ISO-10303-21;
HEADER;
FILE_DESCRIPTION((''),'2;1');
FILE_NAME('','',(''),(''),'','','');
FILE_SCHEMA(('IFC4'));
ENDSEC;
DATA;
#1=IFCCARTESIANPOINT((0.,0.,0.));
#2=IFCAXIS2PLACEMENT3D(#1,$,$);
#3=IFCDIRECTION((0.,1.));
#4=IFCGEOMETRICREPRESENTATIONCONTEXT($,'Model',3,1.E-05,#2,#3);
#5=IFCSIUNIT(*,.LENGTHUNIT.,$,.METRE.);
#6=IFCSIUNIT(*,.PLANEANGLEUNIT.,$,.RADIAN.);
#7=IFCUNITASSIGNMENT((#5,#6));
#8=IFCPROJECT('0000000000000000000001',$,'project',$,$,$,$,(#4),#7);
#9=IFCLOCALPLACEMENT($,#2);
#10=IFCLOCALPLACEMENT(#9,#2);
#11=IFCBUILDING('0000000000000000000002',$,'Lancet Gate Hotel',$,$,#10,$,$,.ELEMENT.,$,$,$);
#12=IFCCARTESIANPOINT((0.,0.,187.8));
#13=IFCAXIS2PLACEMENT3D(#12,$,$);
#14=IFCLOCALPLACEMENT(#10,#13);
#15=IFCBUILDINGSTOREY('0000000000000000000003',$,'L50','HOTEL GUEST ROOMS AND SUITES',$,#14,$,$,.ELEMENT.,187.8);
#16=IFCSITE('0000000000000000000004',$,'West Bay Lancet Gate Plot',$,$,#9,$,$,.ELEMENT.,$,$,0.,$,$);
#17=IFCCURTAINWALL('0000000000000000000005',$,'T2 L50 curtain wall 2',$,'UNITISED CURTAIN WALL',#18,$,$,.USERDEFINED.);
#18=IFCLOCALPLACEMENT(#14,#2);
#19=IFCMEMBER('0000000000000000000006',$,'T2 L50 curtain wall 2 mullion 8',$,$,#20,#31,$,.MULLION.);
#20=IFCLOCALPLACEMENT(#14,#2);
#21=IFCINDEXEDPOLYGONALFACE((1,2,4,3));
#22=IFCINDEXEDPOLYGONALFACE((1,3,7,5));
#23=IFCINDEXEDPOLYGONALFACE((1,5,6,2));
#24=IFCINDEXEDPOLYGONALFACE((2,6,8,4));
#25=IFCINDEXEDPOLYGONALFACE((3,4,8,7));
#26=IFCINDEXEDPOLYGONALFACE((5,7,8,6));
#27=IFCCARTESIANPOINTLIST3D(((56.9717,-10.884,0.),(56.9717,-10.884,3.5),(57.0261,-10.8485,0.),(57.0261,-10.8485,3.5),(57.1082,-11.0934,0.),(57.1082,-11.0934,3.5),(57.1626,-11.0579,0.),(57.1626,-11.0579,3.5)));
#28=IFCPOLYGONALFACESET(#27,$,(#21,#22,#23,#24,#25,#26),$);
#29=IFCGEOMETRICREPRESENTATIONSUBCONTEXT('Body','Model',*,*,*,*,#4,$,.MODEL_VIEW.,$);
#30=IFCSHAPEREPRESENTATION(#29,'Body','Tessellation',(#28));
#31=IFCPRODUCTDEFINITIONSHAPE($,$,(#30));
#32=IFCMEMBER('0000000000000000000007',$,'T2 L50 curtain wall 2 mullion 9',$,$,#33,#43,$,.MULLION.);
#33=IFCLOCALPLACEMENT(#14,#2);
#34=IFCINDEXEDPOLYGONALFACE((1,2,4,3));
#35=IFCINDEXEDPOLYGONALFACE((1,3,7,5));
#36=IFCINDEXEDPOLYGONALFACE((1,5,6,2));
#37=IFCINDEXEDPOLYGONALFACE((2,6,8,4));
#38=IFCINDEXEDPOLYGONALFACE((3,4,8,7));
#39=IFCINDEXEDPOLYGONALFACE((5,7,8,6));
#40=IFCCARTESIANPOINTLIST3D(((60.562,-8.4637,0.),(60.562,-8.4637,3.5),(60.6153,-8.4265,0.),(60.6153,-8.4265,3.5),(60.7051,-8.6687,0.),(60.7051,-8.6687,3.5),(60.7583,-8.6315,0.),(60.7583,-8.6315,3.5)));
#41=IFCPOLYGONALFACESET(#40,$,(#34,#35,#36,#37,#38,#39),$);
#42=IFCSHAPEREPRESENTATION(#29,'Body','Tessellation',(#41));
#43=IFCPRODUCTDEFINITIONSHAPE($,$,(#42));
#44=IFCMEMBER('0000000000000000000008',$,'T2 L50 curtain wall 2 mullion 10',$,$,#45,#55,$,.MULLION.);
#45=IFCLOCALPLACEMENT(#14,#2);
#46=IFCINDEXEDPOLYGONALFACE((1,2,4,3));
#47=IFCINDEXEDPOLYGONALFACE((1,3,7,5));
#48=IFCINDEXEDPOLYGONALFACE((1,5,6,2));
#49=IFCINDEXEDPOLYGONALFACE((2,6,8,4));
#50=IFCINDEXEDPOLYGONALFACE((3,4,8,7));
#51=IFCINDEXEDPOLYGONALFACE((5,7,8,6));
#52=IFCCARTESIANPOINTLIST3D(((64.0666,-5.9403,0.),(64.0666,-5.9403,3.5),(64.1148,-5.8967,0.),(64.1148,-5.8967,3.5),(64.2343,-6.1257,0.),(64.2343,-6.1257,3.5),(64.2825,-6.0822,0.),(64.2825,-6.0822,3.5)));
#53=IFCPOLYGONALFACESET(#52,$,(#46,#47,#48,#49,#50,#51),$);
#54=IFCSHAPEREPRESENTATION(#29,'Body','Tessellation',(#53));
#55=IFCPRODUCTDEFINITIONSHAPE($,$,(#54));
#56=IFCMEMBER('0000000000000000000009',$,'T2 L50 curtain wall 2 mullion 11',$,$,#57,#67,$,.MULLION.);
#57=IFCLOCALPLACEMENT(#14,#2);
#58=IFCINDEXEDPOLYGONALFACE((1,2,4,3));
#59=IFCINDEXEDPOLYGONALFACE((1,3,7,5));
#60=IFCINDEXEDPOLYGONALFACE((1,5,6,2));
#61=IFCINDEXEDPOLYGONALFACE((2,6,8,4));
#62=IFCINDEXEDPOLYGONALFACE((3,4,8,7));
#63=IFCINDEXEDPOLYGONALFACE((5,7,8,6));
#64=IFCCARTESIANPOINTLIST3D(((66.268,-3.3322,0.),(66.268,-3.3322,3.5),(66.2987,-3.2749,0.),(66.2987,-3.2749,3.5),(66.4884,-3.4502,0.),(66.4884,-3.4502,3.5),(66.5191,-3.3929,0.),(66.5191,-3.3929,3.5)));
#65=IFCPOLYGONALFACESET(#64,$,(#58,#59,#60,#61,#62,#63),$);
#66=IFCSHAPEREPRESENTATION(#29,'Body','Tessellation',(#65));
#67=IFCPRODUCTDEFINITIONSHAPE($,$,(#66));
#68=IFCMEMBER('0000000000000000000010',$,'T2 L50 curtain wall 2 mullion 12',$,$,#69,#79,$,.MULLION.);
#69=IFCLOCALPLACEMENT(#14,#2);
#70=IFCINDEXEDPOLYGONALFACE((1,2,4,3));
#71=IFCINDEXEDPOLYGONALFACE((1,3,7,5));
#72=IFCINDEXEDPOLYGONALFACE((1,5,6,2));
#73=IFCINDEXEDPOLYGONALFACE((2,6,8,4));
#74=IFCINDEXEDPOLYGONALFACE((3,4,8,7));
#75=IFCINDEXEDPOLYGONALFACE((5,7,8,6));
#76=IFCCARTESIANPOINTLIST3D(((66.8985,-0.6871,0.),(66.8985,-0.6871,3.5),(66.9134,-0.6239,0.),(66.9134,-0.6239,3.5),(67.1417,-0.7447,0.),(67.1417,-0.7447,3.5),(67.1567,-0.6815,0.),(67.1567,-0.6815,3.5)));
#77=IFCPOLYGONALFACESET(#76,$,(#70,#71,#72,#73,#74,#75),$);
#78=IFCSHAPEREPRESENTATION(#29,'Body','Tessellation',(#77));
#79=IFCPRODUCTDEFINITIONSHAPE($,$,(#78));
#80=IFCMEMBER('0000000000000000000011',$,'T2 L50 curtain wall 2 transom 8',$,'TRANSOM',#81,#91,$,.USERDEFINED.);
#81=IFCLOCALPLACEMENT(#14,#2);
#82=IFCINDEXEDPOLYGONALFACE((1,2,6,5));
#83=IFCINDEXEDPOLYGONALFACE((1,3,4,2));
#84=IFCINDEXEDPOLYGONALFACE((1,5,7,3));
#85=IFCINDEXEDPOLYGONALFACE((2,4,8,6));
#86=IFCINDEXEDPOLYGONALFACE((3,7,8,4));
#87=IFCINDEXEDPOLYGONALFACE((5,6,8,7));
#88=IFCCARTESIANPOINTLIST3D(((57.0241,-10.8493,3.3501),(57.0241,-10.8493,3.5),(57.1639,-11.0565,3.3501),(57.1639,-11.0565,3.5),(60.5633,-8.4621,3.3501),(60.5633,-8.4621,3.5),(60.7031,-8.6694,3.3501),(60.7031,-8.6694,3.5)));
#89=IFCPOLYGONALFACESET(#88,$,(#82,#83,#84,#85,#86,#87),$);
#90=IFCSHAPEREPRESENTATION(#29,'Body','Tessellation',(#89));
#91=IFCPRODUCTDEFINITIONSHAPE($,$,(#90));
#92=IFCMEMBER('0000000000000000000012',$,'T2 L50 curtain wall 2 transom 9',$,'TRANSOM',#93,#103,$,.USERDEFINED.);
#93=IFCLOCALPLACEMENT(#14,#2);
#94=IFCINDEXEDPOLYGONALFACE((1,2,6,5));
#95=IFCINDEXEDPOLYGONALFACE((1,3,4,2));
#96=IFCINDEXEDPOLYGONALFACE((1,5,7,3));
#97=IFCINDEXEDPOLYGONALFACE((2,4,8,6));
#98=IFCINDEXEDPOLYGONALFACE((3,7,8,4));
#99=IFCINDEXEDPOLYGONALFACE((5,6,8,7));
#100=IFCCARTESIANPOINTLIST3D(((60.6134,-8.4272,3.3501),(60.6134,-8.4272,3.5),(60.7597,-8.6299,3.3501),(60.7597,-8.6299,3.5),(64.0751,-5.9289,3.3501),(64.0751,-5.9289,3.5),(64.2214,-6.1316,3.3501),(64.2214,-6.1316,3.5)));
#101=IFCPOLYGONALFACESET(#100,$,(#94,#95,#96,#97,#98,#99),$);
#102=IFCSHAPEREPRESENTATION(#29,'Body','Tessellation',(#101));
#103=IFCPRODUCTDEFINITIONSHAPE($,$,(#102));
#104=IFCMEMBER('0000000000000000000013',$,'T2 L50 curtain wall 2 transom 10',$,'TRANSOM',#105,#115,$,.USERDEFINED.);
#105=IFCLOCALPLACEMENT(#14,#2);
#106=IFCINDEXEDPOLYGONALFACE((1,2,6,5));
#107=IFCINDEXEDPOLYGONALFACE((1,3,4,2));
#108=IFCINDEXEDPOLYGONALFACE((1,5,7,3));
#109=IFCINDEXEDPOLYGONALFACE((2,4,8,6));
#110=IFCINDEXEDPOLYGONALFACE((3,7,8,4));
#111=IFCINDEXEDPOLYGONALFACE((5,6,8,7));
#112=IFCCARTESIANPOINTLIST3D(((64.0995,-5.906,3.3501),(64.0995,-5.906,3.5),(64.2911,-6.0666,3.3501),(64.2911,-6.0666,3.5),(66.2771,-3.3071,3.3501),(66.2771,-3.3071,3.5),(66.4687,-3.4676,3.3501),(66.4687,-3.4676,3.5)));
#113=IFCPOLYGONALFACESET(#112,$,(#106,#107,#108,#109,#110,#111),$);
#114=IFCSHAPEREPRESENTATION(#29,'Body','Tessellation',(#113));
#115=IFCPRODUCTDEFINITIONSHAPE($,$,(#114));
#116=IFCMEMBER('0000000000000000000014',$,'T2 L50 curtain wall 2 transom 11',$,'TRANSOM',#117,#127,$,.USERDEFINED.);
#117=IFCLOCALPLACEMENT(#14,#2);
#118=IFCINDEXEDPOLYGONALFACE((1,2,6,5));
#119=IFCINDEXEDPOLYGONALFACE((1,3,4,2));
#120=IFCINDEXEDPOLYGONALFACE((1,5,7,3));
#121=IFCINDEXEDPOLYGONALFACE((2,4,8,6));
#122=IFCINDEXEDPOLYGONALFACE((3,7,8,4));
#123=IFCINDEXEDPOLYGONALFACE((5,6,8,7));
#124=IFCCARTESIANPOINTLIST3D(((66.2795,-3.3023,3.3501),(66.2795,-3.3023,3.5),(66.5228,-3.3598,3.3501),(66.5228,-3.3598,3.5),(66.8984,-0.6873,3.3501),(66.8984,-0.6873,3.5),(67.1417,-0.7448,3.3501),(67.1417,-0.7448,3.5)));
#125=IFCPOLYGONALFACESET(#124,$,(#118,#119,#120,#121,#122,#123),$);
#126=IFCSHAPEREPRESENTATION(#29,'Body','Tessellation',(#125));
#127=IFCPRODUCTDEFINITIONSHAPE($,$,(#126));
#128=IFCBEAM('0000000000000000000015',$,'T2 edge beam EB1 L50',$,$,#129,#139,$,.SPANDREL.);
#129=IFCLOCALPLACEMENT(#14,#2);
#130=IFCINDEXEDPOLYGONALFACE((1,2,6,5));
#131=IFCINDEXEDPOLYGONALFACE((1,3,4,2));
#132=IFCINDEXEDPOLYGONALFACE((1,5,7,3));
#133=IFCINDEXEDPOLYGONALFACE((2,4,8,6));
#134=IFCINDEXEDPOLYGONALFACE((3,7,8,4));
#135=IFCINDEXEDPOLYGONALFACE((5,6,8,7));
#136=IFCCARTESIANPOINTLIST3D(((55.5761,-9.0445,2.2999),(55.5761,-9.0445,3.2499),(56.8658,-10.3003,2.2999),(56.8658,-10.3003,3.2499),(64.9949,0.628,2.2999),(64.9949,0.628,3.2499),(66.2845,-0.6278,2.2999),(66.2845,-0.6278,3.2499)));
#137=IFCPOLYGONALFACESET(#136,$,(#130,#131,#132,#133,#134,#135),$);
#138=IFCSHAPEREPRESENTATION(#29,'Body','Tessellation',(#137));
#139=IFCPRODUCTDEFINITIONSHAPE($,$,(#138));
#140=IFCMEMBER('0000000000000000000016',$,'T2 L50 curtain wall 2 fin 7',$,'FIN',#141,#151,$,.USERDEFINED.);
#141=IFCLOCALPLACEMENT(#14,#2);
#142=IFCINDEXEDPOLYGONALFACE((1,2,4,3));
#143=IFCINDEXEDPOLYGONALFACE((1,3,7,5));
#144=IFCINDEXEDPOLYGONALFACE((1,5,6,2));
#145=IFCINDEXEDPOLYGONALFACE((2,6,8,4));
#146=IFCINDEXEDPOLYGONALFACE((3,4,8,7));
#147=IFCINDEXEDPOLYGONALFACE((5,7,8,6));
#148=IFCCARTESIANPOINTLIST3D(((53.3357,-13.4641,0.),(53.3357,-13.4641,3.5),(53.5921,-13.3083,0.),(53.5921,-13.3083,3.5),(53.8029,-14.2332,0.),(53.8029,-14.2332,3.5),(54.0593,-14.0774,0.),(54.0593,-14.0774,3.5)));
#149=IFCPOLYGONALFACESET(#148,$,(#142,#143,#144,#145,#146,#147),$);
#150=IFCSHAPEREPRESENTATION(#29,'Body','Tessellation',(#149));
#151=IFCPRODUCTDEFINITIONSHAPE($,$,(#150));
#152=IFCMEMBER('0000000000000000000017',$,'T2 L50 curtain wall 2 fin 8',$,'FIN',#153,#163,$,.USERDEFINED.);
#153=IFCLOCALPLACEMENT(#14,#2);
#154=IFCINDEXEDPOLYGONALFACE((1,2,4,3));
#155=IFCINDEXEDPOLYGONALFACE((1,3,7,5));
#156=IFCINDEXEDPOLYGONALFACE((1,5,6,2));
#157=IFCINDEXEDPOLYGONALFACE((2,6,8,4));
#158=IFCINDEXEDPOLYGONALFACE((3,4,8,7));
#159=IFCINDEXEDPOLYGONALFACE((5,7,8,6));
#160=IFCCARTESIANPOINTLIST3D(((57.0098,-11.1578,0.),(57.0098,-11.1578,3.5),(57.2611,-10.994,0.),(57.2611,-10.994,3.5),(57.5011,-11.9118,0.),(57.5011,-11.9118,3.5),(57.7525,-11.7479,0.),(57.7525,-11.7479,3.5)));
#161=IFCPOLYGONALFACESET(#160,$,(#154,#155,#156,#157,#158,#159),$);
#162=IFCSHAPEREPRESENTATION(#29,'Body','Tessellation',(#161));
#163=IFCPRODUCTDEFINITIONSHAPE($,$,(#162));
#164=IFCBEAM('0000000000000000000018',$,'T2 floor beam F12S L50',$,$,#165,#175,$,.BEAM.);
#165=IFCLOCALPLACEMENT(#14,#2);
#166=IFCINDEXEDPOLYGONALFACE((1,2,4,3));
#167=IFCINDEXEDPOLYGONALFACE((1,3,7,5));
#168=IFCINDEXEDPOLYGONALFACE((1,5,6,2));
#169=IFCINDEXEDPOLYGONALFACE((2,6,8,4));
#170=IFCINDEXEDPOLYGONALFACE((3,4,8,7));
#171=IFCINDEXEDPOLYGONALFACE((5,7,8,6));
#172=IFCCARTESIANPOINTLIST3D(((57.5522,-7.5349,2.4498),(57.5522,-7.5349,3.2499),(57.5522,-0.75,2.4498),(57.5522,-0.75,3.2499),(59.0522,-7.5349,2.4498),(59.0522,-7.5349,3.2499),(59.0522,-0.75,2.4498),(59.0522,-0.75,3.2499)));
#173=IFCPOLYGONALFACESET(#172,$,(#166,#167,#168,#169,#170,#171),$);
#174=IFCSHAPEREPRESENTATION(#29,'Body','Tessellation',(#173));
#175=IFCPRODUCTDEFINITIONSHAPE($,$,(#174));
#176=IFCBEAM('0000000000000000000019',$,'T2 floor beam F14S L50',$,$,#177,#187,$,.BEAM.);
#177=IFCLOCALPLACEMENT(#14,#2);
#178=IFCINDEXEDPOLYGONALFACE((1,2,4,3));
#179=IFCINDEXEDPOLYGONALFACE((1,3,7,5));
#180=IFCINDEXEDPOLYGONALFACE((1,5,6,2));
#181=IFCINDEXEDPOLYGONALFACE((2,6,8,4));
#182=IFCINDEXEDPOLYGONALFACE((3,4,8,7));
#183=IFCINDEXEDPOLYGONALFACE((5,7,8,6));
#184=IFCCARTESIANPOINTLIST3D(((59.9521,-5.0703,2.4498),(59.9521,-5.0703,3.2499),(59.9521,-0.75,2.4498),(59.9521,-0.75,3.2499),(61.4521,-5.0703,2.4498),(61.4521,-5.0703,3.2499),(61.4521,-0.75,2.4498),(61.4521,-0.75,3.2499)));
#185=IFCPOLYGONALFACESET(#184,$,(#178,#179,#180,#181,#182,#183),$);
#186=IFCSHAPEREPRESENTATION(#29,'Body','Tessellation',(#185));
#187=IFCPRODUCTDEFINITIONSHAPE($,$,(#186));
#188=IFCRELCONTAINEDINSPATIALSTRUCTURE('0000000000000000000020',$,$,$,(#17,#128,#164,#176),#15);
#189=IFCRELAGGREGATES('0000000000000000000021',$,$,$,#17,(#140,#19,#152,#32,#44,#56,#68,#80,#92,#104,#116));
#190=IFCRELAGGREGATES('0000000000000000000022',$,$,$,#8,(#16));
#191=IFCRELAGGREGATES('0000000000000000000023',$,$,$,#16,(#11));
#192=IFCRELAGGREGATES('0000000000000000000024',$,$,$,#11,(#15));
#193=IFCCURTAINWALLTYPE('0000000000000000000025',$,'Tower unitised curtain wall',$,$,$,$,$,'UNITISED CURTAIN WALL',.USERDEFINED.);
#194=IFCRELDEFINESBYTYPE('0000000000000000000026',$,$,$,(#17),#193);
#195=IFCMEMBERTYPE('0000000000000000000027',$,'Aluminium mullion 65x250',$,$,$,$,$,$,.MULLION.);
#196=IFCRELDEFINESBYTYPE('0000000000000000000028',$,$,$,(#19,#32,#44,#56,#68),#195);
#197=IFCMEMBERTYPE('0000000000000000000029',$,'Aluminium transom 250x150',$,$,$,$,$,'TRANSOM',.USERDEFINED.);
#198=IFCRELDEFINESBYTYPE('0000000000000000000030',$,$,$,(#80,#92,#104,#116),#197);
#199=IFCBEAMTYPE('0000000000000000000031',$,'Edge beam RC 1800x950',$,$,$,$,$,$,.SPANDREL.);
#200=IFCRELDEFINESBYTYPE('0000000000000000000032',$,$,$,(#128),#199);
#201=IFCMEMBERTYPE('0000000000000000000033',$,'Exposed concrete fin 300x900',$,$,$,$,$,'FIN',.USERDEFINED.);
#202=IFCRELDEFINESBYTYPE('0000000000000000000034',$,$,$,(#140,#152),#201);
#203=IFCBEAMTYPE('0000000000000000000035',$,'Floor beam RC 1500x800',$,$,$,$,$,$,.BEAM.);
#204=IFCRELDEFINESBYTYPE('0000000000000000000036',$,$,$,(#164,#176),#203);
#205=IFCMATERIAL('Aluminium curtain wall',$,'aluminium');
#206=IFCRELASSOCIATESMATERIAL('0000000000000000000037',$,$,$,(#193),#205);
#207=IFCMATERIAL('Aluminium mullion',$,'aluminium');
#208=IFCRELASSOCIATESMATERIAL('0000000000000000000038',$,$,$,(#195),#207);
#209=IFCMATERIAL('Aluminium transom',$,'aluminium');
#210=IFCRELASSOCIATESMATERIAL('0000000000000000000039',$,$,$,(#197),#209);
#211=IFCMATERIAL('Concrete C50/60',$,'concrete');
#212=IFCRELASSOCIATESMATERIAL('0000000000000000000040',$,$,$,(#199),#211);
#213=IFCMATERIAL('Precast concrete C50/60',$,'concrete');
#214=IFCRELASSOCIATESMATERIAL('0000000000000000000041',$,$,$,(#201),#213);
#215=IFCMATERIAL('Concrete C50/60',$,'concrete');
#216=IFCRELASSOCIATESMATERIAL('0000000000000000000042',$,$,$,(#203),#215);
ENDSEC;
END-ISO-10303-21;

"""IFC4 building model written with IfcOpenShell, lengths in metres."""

from ifc_helpers import new_model, si_unit, direction, frame, origin, origin_2d, place, context, subcontext, project, spatial, rectangle, extrude, material, material_profile, profile_set, type_object, element, aggregate, save


model = new_model("IFC4")

# Units and contexts
model_context = context("Model", 3, precision=1e-05, world=origin(), true_north=direction((0.0, 1.0)))
body_context = subcontext(model_context, "Body", "Model", "MODEL_VIEW")
ifc_project = project(units=[si_unit("LENGTHUNIT", "METRE"), si_unit("PLANEANGLEUNIT", "RADIAN")], contexts=[model_context])

# Site, building, storey
site_placement = place(None, origin())
site = spatial("IfcSite", under=ifc_project, at=site_placement, Name="West Bay Lancet Gate Plot", CompositionType="ELEMENT", RefElevation=0.0)
building_placement = place(site_placement, origin())
building = spatial("IfcBuilding", under=site, at=building_placement, Name="Lancet Gate Hotel", CompositionType="ELEMENT")
storey_placement = place(building_placement, frame((0.0, 0.0, 187.8)))
storey = spatial("IfcBuildingStorey", under=building, at=storey_placement, Name="L50", Description="HOTEL GUEST ROOMS AND SUITES", CompositionType="ELEMENT", Elevation=187.8)

# Curtain wall, members
ifc_material_1 = material(Name="Aluminium curtain wall", Category="aluminium")
curtain_wall_type = type_object("IfcCurtainWallType", Name="Tower unitised curtain wall", ElementType="UNITISED CURTAIN WALL", PredefinedType="USERDEFINED", material=ifc_material_1)
curtain_wall_placement = place(storey_placement, origin())
curtain_wall = element("IfcCurtainWall", 1, at=curtain_wall_placement, inside=storey, type_object=curtain_wall_type, Name="T2 L50 curtain wall 2", ObjectType="UNITISED CURTAIN WALL", PredefinedType="USERDEFINED")
ifc_material_2 = material(Name="Aluminium mullion", Category="aluminium")
ifc_material_profile_1 = material_profile(ifc_material_2, rectangle(XDim=0.0649, YDim=0.25, at=origin_2d()), Name="MULLION 65x250")
ifc_profile_set_1 = profile_set([ifc_material_profile_1], Name="Aluminium mullion")
member_type_1 = type_object("IfcMemberType", Name="Aluminium mullion 65x250", PredefinedType="MULLION", material=ifc_profile_set_1)
member_1_placement = place(storey_placement, frame((57.0671, -10.9709, 0.0), z_axis=(0.0, 0.0, 1.0), x_axis=(0.837801, 0.545976, 0.0)))
member_1 = element("IfcMember", 2, at=member_1_placement, type_object=member_type_1, Name="T2 L50 curtain wall 2 mullion 8", PredefinedType="MULLION", context=body_context, shape_type="SweptSolid", body=[
    extrude(rectangle(XDim=0.0649, YDim=0.25, at=origin_2d()), origin(), (0.0, 0.0, 1.0), 3.5),
])
member_2_placement = place(storey_placement, frame((60.6602, -8.5476, 0.0), z_axis=(0.0, 0.0, 1.0), x_axis=(0.820068, 0.572266, 0.0)))
member_2 = element("IfcMember", 3, at=member_2_placement, type_object=member_type_1, Name="T2 L50 curtain wall 2 mullion 9", PredefinedType="MULLION", context=body_context, shape_type="SweptSolid", body=[
    extrude(rectangle(XDim=0.0649, YDim=0.25, at=origin_2d()), origin(), (0.0, 0.0, 1.0), 3.5),
])
member_3_placement = place(storey_placement, frame((64.1746, -6.0112, 0.0), z_axis=(0.0, 0.0, 1.0), x_axis=(0.741693, 0.670739, 0.0)))
member_3 = element("IfcMember", 4, at=member_3_placement, type_object=member_type_1, Name="T2 L50 curtain wall 2 mullion 10", PredefinedType="MULLION", context=body_context, shape_type="SweptSolid", body=[
    extrude(rectangle(XDim=0.0649, YDim=0.25, at=origin_2d()), origin(), (0.0, 0.0, 1.0), 3.5),
])
member_4_placement = place(storey_placement, frame((66.3936, -3.3625, 0.0), z_axis=(0.0, 0.0, 1.0), x_axis=(0.472146, 0.88152, 0.0)))
member_4 = element("IfcMember", 5, at=member_4_placement, type_object=member_type_1, Name="T2 L50 curtain wall 2 mullion 11", PredefinedType="MULLION", context=body_context, shape_type="SweptSolid", body=[
    extrude(rectangle(XDim=0.0649, YDim=0.25, at=origin_2d()), origin(), (0.0, 0.0, 1.0), 3.5),
])
member_5_placement = place(storey_placement, frame((67.0276, -0.6843, 0.0), z_axis=(0.0, 0.0, 1.0), x_axis=(0.230367, 0.973104, 0.0)))
member_5 = element("IfcMember", 6, at=member_5_placement, type_object=member_type_1, Name="T2 L50 curtain wall 2 mullion 12", PredefinedType="MULLION", context=body_context, shape_type="SweptSolid", body=[
    extrude(rectangle(XDim=0.0649, YDim=0.25, at=origin_2d()), origin(), (0.0, 0.0, 1.0), 3.5),
])
ifc_material_3 = material(Name="Aluminium transom", Category="aluminium")
ifc_material_profile_2 = material_profile(ifc_material_3, rectangle(XDim=0.25, YDim=0.1499, at=origin_2d()), Name="TRANSOM 250x150")
ifc_profile_set_2 = profile_set([ifc_material_profile_2], Name="Aluminium transom")
member_type_2 = type_object("IfcMemberType", Name="Aluminium transom 250x150", ElementType="TRANSOM", PredefinedType="USERDEFINED", material=ifc_profile_set_2)
member_6_placement = place(storey_placement, frame((57.094, -10.9529, 3.425), z_axis=(0.829047, 0.559179, 0.0), x_axis=(-0.559179, 0.829047, 0.0)))
member_6 = element("IfcMember", 7, at=member_6_placement, type_object=member_type_2, Name="T2 L50 curtain wall 2 transom 8", ObjectType="TRANSOM", PredefinedType="USERDEFINED", context=body_context, shape_type="SweptSolid", body=[
    extrude(rectangle(XDim=0.25, YDim=0.1499, at=origin_2d()), origin(), (0.0, 0.0, 1.0), 4.269),
])
member_7_placement = place(storey_placement, frame((60.6865, -8.5286, 3.425), z_axis=(0.81088, 0.585213, 0.0), x_axis=(-0.585213, 0.81088, 0.0)))
member_7 = element("IfcMember", 8, at=member_7_placement, type_object=member_type_2, Name="T2 L50 curtain wall 2 transom 9", ObjectType="TRANSOM", PredefinedType="USERDEFINED", context=body_context, shape_type="SweptSolid", body=[
    extrude(rectangle(XDim=0.25, YDim=0.1499, at=origin_2d()), origin(), (0.0, 0.0, 1.0), 4.269),
])
member_8_placement = place(storey_placement, frame((64.1953, -5.9863, 3.425), z_axis=(0.642229, 0.766513, 0.0), x_axis=(-0.766513, 0.642229, 0.0)))
member_8 = element("IfcMember", 9, at=member_8_placement, type_object=member_type_2, Name="T2 L50 curtain wall 2 transom 10", ObjectType="TRANSOM", PredefinedType="USERDEFINED", context=body_context, shape_type="SweptSolid", body=[
    extrude(rectangle(XDim=0.25, YDim=0.1499, at=origin_2d()), origin(), (0.0, 0.0, 1.0), 3.3906),
])
member_9_placement = place(storey_placement, frame((66.4011, -3.3311, 3.425), z_axis=(0.23031, 0.973117, 0.0), x_axis=(-0.973117, 0.23031, 0.0)))
member_9 = element("IfcMember", 10, at=member_9_placement, type_object=member_type_2, Name="T2 L50 curtain wall 2 transom 11", ObjectType="TRANSOM", PredefinedType="USERDEFINED", context=body_context, shape_type="SweptSolid", body=[
    extrude(rectangle(XDim=0.25, YDim=0.1499, at=origin_2d()), origin(), (0.0, 0.0, 1.0), 2.6873),
])

# Beam
ifc_material_4 = material(Name="Concrete C50/60", Category="concrete")
ifc_material_profile_3 = material_profile(ifc_material_4, rectangle(XDim=1.8, YDim=0.95, at=origin_2d()), Name="RC 1800x950")
ifc_profile_set_3 = profile_set([ifc_material_profile_3], Name="Concrete C50/60")
beam_type_1 = type_object("IfcBeamType", Name="Edge beam RC 1800x950", PredefinedType="SPANDREL", material=ifc_profile_set_3)
beam_1_placement = place(storey_placement, frame((56.2209, -9.6724, 2.7749), z_axis=(0.69765, 0.716439, 0.0), x_axis=(-0.716439, 0.69765, 0.0)))
element("IfcBeam", 11, at=beam_1_placement, inside=storey, type_object=beam_type_1, Name="T2 edge beam EB1 L50", PredefinedType="SPANDREL", context=body_context, shape_type="SweptSolid", body=[
    extrude(rectangle(XDim=1.8, YDim=0.95, at=origin_2d()), origin(), (0.0, 0.0, 1.0), 13.5007),
])

# Members
ifc_material_5 = material(Name="Precast concrete C50/60", Category="concrete")
ifc_material_profile_4 = material_profile(ifc_material_5, rectangle(XDim=0.3, YDim=0.8999, at=origin_2d()), Name="FIN 300x900")
ifc_profile_set_4 = profile_set([ifc_material_profile_4], Name="Precast concrete C50/60")
member_type_3 = type_object("IfcMemberType", Name="Exposed concrete fin 300x900", ElementType="FIN", PredefinedType="USERDEFINED", material=ifc_profile_set_4)
member_10_placement = place(storey_placement, frame((53.6975, -13.7708, 0.0), z_axis=(0.0, 0.0, 1.0), x_axis=(0.854691, 0.519137, 0.0)))
member_10 = element("IfcMember", 12, at=member_10_placement, type_object=member_type_3, Name="T2 L50 curtain wall 2 fin 7", ObjectType="FIN", PredefinedType="USERDEFINED", context=body_context, shape_type="SweptSolid", body=[
    extrude(rectangle(XDim=0.3, YDim=0.8999, at=origin_2d()), origin(), (0.0, 0.0, 1.0), 3.5),
])
member_11_placement = place(storey_placement, frame((57.3811, -11.4529, 0.0), z_axis=(0.0, 0.0, 1.0), x_axis=(0.837801, 0.545976, 0.0)))
member_11 = element("IfcMember", 13, at=member_11_placement, type_object=member_type_3, Name="T2 L50 curtain wall 2 fin 8", ObjectType="FIN", PredefinedType="USERDEFINED", context=body_context, shape_type="SweptSolid", body=[
    extrude(rectangle(XDim=0.3, YDim=0.8999, at=origin_2d()), origin(), (0.0, 0.0, 1.0), 3.5),
])

# Beams
ifc_material_6 = material(Name="Concrete C50/60", Category="concrete")
ifc_material_profile_5 = material_profile(ifc_material_6, rectangle(XDim=1.5, YDim=0.8, at=origin_2d()), Name="RC 1500x800")
ifc_profile_set_5 = profile_set([ifc_material_profile_5], Name="Concrete C50/60")
beam_type_2 = type_object("IfcBeamType", Name="Floor beam RC 1500x800", PredefinedType="BEAM", material=ifc_profile_set_5)
beam_2_placement = place(storey_placement, frame((58.3022, -7.5349, 2.8499), z_axis=(0.0, 1.0, 0.0), x_axis=(-1.0, 0.0, 0.0)))
element("IfcBeam", 14, at=beam_2_placement, inside=storey, type_object=beam_type_2, Name="T2 floor beam F12S L50", PredefinedType="BEAM", context=body_context, shape_type="SweptSolid", body=[
    extrude(rectangle(XDim=1.5, YDim=0.8, at=origin_2d()), origin(), (0.0, 0.0, 1.0), 6.7849),
])
beam_3_placement = place(storey_placement, frame((60.7021, -5.0703, 2.8499), z_axis=(0.0, 1.0, 0.0), x_axis=(-1.0, 0.0, 0.0)))
element("IfcBeam", 15, at=beam_3_placement, inside=storey, type_object=beam_type_2, Name="T2 floor beam F14S L50", PredefinedType="BEAM", context=body_context, shape_type="SweptSolid", body=[
    extrude(rectangle(XDim=1.5, YDim=0.8, at=origin_2d()), origin(), (0.0, 0.0, 1.0), 4.3203),
])

aggregate(curtain_wall, [member_10, member_1, member_11, member_2, member_3, member_4, member_5, member_6, member_7, member_8, member_9])

save(model, "model.ifc")
